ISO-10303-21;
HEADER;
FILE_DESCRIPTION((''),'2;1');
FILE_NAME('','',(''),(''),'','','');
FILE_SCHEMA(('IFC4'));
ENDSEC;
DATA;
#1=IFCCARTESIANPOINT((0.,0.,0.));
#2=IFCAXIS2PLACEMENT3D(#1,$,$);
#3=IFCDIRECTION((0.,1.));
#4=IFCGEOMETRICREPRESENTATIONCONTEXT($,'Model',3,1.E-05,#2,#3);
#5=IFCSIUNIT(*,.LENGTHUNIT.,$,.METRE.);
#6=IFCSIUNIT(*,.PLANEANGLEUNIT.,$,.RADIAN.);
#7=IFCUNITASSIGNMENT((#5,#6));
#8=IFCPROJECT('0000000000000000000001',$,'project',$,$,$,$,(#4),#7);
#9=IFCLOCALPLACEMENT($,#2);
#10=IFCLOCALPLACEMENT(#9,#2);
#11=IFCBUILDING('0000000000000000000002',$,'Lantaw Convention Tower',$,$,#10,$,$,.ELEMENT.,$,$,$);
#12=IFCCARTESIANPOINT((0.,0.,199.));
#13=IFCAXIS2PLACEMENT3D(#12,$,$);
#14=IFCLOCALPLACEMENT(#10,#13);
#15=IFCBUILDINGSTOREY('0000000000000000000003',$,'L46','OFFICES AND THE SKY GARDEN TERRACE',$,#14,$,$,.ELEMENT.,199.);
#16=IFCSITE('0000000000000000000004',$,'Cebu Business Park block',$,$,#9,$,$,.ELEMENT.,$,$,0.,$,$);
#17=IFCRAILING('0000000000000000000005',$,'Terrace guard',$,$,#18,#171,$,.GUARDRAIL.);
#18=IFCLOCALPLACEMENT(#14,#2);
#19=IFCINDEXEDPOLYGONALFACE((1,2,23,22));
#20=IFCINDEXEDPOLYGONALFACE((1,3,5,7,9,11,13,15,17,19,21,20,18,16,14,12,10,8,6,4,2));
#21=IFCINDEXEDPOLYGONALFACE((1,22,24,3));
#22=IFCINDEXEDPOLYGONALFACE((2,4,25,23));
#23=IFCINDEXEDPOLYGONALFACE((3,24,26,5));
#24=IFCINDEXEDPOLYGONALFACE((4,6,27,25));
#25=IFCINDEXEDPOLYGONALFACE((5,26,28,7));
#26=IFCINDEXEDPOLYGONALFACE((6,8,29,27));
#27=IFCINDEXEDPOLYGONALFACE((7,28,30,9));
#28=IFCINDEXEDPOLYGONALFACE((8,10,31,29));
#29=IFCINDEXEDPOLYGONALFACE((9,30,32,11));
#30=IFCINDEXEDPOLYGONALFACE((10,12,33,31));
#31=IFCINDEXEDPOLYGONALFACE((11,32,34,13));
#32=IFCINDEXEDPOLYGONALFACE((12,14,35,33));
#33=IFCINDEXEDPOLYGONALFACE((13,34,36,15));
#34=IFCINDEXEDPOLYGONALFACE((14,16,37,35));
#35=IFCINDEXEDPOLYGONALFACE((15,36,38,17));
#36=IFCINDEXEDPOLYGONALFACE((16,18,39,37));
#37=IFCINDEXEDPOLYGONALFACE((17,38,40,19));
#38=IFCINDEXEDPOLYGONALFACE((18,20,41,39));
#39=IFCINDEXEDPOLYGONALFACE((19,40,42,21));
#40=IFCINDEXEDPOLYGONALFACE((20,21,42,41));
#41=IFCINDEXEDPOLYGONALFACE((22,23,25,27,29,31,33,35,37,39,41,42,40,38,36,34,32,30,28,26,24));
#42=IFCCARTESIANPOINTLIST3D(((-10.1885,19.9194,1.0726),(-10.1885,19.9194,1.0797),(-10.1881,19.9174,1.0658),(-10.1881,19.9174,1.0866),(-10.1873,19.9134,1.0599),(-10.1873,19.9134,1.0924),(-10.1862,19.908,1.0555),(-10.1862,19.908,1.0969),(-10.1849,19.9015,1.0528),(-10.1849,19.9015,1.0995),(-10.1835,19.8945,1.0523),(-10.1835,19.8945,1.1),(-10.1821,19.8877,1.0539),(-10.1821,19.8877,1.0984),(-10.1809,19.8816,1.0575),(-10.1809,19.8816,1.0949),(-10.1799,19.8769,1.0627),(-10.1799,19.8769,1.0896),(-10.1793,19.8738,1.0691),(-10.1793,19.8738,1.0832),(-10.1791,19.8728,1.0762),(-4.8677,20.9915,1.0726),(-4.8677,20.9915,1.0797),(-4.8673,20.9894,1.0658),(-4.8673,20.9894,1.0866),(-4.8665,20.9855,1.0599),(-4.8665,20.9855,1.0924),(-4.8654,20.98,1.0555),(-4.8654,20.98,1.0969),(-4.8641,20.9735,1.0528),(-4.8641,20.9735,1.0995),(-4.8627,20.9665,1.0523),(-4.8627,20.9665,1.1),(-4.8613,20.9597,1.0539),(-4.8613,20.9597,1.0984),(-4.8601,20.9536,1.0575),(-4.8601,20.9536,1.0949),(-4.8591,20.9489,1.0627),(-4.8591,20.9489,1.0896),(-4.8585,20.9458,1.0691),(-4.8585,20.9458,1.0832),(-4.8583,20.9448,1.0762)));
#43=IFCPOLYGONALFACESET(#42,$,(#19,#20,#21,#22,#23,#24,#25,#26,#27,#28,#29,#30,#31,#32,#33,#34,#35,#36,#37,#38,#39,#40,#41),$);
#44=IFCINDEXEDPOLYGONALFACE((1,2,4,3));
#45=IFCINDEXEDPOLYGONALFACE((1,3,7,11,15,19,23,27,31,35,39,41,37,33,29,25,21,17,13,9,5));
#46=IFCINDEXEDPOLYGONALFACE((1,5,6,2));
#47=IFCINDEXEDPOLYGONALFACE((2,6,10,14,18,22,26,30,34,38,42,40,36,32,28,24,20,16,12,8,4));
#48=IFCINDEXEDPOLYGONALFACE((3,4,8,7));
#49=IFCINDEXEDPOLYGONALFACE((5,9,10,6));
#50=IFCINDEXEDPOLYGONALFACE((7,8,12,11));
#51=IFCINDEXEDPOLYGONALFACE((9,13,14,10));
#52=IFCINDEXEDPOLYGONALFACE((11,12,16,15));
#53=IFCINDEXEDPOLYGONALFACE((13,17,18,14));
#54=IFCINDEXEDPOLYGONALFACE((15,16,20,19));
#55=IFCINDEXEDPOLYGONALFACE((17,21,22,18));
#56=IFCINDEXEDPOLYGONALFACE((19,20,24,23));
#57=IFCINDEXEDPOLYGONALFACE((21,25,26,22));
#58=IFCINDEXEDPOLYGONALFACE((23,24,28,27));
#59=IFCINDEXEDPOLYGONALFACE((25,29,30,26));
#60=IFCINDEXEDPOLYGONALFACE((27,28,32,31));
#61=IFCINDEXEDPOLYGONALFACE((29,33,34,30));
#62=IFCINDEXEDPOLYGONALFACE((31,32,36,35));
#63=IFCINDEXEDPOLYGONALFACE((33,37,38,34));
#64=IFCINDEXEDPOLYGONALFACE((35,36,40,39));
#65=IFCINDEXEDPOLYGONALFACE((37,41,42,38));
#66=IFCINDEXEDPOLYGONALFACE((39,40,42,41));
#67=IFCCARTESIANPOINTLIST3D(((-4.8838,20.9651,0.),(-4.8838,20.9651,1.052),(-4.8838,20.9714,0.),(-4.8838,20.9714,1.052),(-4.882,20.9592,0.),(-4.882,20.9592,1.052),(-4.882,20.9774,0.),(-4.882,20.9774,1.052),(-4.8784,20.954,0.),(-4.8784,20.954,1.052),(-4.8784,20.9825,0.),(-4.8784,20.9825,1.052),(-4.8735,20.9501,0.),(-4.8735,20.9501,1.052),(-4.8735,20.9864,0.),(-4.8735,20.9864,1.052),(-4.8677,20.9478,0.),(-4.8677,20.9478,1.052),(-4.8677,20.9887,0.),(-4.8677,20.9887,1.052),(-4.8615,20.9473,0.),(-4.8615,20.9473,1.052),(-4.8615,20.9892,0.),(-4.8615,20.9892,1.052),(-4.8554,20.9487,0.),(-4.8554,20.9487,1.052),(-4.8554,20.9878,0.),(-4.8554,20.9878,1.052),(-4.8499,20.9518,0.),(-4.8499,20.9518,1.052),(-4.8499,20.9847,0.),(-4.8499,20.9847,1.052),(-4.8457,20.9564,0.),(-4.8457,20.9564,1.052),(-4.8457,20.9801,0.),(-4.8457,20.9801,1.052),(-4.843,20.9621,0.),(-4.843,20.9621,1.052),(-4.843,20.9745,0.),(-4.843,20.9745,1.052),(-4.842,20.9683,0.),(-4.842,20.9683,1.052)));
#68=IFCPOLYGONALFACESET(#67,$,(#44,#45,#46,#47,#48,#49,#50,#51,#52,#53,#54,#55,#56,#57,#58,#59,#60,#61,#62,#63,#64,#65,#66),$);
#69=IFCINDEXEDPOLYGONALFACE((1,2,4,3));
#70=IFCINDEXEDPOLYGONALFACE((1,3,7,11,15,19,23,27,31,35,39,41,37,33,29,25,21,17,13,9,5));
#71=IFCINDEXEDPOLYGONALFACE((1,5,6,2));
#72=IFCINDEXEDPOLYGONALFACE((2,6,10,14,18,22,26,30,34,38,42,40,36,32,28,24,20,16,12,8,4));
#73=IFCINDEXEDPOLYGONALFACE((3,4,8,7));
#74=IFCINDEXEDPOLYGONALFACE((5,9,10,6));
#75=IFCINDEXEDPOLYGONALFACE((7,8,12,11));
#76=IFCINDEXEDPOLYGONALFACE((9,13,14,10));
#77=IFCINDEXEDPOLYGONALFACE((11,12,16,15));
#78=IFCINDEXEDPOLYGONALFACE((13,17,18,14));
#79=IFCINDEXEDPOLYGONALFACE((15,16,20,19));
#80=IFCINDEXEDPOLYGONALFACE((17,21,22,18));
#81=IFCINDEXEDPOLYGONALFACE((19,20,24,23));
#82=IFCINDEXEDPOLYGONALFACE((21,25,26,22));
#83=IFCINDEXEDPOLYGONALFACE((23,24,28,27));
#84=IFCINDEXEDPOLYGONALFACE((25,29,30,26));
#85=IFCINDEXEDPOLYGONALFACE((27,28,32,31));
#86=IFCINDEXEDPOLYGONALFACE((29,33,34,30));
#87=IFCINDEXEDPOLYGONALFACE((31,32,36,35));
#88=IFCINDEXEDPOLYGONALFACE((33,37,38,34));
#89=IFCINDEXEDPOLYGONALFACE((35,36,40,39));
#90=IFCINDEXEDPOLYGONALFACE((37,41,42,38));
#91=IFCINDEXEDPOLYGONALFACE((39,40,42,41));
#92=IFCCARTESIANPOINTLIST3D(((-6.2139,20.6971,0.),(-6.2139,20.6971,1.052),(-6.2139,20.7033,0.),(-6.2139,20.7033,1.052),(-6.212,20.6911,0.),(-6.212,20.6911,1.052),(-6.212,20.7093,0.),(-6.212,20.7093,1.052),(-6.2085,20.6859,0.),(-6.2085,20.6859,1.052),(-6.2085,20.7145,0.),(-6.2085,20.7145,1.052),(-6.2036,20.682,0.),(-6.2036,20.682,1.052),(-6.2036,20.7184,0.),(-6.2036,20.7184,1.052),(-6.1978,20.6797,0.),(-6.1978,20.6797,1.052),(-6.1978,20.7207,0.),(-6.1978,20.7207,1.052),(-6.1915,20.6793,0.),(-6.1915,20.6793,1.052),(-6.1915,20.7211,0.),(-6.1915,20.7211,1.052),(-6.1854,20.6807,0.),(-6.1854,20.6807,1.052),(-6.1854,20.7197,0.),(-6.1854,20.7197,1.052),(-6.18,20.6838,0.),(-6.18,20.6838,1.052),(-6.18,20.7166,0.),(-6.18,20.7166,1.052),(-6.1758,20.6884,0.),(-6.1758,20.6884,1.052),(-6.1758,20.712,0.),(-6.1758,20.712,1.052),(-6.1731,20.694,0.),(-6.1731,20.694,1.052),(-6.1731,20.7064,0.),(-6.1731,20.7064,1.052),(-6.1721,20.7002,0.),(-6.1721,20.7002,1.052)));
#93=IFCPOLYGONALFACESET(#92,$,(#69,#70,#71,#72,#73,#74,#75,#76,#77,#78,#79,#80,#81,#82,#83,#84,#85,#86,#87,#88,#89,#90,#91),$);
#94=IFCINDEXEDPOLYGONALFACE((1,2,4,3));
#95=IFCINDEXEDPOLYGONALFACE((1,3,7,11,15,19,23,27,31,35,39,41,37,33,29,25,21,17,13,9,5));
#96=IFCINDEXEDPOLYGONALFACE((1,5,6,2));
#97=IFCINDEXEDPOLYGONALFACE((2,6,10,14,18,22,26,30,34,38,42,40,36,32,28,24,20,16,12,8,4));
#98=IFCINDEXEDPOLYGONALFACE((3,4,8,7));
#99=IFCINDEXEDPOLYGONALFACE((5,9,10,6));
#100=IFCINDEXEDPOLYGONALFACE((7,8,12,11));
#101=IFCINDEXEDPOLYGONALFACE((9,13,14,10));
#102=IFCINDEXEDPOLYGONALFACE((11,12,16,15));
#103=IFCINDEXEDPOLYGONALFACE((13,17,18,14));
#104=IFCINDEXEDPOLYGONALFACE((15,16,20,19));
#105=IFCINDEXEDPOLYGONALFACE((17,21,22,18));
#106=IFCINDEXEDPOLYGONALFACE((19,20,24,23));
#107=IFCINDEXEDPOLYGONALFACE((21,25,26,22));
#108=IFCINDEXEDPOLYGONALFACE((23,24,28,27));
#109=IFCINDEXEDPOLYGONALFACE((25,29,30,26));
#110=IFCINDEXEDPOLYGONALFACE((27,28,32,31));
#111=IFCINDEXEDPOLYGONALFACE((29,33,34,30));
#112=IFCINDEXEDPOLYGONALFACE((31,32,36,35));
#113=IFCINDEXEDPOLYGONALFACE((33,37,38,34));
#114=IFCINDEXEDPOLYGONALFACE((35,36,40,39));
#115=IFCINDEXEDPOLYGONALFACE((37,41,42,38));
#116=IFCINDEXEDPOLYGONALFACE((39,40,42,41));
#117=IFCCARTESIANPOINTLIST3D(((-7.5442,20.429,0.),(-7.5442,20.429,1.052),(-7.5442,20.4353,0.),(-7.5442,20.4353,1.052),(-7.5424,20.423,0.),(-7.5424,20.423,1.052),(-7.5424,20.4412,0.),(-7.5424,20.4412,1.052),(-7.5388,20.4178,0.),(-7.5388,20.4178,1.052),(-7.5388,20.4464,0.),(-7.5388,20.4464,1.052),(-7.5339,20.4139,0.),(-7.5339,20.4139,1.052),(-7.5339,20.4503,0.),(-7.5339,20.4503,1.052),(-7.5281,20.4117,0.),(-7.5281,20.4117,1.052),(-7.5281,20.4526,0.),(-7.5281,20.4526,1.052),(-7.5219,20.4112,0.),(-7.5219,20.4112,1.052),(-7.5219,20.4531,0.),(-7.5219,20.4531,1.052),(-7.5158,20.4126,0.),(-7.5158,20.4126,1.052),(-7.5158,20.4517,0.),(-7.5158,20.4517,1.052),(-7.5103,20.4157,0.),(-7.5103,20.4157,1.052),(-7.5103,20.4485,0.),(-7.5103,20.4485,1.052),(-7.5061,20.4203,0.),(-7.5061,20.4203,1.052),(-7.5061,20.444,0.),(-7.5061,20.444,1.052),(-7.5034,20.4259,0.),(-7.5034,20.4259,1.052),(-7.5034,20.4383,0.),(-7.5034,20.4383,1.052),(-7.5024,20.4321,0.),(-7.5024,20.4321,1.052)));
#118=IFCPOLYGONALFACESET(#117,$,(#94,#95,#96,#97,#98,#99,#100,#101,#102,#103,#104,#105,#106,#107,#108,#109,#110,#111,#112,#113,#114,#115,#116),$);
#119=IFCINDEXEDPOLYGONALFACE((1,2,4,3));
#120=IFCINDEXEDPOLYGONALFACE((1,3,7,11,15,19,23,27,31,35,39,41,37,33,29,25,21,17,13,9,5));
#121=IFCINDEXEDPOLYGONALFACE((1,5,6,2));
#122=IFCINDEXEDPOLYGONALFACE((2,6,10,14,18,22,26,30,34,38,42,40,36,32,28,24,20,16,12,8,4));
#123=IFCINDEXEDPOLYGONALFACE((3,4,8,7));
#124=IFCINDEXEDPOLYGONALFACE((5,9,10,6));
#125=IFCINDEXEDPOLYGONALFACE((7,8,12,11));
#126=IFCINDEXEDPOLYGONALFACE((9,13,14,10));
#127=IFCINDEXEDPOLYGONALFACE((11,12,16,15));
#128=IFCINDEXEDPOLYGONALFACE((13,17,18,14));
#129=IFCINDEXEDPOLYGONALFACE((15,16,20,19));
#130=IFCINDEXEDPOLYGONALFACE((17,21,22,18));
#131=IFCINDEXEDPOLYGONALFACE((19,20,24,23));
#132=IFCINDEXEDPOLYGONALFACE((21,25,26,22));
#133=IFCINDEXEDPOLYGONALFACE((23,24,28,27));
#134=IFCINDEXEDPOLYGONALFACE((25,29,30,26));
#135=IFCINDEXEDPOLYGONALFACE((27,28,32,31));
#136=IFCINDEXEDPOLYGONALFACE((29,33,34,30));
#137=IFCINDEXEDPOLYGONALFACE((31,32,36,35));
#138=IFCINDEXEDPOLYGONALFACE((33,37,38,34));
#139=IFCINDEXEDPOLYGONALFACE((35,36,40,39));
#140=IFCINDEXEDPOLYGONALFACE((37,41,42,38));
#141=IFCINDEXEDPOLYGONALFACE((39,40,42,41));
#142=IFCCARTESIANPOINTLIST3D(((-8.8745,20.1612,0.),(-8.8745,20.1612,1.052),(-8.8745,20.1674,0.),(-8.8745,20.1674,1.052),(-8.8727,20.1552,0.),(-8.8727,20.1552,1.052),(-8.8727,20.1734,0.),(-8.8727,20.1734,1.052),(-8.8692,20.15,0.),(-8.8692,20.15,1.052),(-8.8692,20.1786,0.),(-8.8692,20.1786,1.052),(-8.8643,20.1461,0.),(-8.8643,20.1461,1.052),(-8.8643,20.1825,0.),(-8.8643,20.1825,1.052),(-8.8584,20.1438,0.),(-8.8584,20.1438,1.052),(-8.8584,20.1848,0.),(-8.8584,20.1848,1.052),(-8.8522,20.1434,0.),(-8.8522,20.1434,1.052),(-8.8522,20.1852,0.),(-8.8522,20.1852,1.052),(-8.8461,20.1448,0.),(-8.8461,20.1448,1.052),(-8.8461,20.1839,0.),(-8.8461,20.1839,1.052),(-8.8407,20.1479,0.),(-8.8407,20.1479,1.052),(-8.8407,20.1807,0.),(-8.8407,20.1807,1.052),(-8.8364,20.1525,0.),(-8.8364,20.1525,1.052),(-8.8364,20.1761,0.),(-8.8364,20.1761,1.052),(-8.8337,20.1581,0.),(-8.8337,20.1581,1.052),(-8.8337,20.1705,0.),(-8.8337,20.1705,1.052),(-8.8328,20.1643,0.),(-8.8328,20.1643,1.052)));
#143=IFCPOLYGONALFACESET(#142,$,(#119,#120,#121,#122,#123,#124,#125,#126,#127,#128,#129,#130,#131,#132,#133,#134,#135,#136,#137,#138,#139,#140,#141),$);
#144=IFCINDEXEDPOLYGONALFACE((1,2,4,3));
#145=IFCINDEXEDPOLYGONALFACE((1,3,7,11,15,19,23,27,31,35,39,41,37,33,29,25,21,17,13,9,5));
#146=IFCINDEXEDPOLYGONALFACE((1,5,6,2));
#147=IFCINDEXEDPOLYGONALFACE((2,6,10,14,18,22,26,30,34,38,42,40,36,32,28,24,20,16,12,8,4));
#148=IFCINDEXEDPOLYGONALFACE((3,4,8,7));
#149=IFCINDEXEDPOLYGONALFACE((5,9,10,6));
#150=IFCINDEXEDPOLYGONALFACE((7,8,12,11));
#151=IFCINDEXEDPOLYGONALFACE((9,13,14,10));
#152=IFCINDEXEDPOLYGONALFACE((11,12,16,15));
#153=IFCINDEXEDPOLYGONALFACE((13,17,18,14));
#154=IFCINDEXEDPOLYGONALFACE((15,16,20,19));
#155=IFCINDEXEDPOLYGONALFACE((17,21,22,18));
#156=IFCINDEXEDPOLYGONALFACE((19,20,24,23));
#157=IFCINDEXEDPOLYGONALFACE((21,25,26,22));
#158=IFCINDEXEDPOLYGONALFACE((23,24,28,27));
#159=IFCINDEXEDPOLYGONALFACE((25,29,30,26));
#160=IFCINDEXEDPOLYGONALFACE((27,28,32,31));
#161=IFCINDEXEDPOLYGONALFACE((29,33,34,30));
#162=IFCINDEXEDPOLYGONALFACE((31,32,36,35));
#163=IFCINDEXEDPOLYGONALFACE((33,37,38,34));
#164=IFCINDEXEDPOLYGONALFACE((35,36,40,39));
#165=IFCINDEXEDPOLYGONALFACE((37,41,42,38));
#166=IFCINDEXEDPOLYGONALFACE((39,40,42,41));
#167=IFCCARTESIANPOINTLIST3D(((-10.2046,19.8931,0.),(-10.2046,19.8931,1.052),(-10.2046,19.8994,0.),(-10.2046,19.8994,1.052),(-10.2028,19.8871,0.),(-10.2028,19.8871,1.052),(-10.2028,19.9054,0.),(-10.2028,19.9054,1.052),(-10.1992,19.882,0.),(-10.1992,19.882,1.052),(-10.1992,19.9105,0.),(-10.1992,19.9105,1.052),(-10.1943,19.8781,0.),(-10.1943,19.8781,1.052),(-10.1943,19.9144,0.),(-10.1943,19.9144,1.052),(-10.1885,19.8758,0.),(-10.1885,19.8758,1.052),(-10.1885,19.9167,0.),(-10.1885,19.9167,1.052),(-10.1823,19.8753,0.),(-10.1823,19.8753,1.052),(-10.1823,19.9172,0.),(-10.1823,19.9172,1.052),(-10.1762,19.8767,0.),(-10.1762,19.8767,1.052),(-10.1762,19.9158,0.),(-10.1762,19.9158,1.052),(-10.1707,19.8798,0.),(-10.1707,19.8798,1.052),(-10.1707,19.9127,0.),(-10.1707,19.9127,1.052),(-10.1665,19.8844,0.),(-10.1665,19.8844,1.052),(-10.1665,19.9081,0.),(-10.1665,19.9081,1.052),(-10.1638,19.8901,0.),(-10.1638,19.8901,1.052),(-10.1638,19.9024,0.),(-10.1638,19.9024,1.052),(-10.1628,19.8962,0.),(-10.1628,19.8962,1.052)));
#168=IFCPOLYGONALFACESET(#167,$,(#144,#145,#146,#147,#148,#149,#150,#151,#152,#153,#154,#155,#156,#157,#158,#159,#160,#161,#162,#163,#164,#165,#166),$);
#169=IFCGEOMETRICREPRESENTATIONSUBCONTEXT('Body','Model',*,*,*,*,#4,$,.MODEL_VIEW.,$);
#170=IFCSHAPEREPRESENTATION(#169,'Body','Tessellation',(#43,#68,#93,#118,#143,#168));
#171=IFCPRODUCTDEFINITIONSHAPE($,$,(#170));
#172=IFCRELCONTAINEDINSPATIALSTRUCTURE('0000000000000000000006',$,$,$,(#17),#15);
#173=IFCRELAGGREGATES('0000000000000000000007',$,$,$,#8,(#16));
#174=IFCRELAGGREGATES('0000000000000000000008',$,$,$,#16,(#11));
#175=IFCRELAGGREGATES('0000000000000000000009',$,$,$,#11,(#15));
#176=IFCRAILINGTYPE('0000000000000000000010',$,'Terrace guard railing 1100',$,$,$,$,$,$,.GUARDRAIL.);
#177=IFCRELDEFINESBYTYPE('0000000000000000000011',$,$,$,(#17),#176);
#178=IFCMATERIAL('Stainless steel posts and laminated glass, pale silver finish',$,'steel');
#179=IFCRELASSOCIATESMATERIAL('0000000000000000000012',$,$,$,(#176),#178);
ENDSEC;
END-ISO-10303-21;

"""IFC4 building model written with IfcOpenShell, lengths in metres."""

from ifc_helpers import new_model, si_unit, direction, frame, origin, origin_2d, place, context, subcontext, project, spatial, circle, extrude, material, type_object, element, save


model = new_model("IFC4")

# Units and contexts
model_context = context("Model", 3, precision=1e-05, world=origin(), true_north=direction((0.0, 1.0)))
body_context = subcontext(model_context, "Body", "Model", "MODEL_VIEW")
ifc_project = project(units=[si_unit("LENGTHUNIT", "METRE"), si_unit("PLANEANGLEUNIT", "RADIAN")], contexts=[model_context])

# Site, building, storey
site_placement = place(None, origin())
site = spatial("IfcSite", under=ifc_project, at=site_placement, Name="Cebu Business Park block", CompositionType="ELEMENT", RefElevation=0.0)
building_placement = place(site_placement, origin())
building = spatial("IfcBuilding", under=site, at=building_placement, Name="Lantaw Convention Tower", CompositionType="ELEMENT")
storey_placement = place(building_placement, frame((0.0, 0.0, 199.0)))
storey = spatial("IfcBuildingStorey", under=building, at=storey_placement, Name="L46", Description="OFFICES AND THE SKY GARDEN TERRACE", CompositionType="ELEMENT", Elevation=199.0)

# Railing
ifc_material_1 = material(Name="Stainless steel posts and laminated glass, pale silver finish", Category="steel")
railing_type = type_object("IfcRailingType", Name="Terrace guard railing 1100", PredefinedType="GUARDRAIL", material=ifc_material_1)
railing_1_placement = place(storey_placement, frame((-4.863, 20.9683, 0.0)))
element("IfcRailing", 1, at=railing_1_placement, inside=storey, type_object=railing_type, Name="Terrace guard", PredefinedType="GUARDRAIL", context=body_context, shape_type="SweptSolid", body=[
    extrude(circle(Radius=0.0239, at=origin_2d()), frame((0.0, 0.0, 1.0762), z_axis=(-0.980301, -0.197509, 0.0), x_axis=(0.197509, -0.980301, 0.0)), (0.0, 0.0, 1.0), 5.4277),
    extrude(circle(Radius=0.021, at=origin_2d()), origin(), (0.0, 0.0, 1.0), 1.052),
    extrude(circle(Radius=0.021, at=origin_2d()), frame((-1.3301, -0.2681, 0.0)), (0.0, 0.0, 1.0), 1.052),
    extrude(circle(Radius=0.021, at=origin_2d()), frame((-2.6604, -0.5361, 0.0)), (0.0, 0.0, 1.0), 1.052),
    extrude(circle(Radius=0.021, at=origin_2d()), frame((-3.9907, -0.804, 0.0)), (0.0, 0.0, 1.0), 1.052),
    extrude(circle(Radius=0.021, at=origin_2d()), frame((-5.3208, -1.072, 0.0)), (0.0, 0.0, 1.0), 1.052),
])

save(model, "model.ifc")
